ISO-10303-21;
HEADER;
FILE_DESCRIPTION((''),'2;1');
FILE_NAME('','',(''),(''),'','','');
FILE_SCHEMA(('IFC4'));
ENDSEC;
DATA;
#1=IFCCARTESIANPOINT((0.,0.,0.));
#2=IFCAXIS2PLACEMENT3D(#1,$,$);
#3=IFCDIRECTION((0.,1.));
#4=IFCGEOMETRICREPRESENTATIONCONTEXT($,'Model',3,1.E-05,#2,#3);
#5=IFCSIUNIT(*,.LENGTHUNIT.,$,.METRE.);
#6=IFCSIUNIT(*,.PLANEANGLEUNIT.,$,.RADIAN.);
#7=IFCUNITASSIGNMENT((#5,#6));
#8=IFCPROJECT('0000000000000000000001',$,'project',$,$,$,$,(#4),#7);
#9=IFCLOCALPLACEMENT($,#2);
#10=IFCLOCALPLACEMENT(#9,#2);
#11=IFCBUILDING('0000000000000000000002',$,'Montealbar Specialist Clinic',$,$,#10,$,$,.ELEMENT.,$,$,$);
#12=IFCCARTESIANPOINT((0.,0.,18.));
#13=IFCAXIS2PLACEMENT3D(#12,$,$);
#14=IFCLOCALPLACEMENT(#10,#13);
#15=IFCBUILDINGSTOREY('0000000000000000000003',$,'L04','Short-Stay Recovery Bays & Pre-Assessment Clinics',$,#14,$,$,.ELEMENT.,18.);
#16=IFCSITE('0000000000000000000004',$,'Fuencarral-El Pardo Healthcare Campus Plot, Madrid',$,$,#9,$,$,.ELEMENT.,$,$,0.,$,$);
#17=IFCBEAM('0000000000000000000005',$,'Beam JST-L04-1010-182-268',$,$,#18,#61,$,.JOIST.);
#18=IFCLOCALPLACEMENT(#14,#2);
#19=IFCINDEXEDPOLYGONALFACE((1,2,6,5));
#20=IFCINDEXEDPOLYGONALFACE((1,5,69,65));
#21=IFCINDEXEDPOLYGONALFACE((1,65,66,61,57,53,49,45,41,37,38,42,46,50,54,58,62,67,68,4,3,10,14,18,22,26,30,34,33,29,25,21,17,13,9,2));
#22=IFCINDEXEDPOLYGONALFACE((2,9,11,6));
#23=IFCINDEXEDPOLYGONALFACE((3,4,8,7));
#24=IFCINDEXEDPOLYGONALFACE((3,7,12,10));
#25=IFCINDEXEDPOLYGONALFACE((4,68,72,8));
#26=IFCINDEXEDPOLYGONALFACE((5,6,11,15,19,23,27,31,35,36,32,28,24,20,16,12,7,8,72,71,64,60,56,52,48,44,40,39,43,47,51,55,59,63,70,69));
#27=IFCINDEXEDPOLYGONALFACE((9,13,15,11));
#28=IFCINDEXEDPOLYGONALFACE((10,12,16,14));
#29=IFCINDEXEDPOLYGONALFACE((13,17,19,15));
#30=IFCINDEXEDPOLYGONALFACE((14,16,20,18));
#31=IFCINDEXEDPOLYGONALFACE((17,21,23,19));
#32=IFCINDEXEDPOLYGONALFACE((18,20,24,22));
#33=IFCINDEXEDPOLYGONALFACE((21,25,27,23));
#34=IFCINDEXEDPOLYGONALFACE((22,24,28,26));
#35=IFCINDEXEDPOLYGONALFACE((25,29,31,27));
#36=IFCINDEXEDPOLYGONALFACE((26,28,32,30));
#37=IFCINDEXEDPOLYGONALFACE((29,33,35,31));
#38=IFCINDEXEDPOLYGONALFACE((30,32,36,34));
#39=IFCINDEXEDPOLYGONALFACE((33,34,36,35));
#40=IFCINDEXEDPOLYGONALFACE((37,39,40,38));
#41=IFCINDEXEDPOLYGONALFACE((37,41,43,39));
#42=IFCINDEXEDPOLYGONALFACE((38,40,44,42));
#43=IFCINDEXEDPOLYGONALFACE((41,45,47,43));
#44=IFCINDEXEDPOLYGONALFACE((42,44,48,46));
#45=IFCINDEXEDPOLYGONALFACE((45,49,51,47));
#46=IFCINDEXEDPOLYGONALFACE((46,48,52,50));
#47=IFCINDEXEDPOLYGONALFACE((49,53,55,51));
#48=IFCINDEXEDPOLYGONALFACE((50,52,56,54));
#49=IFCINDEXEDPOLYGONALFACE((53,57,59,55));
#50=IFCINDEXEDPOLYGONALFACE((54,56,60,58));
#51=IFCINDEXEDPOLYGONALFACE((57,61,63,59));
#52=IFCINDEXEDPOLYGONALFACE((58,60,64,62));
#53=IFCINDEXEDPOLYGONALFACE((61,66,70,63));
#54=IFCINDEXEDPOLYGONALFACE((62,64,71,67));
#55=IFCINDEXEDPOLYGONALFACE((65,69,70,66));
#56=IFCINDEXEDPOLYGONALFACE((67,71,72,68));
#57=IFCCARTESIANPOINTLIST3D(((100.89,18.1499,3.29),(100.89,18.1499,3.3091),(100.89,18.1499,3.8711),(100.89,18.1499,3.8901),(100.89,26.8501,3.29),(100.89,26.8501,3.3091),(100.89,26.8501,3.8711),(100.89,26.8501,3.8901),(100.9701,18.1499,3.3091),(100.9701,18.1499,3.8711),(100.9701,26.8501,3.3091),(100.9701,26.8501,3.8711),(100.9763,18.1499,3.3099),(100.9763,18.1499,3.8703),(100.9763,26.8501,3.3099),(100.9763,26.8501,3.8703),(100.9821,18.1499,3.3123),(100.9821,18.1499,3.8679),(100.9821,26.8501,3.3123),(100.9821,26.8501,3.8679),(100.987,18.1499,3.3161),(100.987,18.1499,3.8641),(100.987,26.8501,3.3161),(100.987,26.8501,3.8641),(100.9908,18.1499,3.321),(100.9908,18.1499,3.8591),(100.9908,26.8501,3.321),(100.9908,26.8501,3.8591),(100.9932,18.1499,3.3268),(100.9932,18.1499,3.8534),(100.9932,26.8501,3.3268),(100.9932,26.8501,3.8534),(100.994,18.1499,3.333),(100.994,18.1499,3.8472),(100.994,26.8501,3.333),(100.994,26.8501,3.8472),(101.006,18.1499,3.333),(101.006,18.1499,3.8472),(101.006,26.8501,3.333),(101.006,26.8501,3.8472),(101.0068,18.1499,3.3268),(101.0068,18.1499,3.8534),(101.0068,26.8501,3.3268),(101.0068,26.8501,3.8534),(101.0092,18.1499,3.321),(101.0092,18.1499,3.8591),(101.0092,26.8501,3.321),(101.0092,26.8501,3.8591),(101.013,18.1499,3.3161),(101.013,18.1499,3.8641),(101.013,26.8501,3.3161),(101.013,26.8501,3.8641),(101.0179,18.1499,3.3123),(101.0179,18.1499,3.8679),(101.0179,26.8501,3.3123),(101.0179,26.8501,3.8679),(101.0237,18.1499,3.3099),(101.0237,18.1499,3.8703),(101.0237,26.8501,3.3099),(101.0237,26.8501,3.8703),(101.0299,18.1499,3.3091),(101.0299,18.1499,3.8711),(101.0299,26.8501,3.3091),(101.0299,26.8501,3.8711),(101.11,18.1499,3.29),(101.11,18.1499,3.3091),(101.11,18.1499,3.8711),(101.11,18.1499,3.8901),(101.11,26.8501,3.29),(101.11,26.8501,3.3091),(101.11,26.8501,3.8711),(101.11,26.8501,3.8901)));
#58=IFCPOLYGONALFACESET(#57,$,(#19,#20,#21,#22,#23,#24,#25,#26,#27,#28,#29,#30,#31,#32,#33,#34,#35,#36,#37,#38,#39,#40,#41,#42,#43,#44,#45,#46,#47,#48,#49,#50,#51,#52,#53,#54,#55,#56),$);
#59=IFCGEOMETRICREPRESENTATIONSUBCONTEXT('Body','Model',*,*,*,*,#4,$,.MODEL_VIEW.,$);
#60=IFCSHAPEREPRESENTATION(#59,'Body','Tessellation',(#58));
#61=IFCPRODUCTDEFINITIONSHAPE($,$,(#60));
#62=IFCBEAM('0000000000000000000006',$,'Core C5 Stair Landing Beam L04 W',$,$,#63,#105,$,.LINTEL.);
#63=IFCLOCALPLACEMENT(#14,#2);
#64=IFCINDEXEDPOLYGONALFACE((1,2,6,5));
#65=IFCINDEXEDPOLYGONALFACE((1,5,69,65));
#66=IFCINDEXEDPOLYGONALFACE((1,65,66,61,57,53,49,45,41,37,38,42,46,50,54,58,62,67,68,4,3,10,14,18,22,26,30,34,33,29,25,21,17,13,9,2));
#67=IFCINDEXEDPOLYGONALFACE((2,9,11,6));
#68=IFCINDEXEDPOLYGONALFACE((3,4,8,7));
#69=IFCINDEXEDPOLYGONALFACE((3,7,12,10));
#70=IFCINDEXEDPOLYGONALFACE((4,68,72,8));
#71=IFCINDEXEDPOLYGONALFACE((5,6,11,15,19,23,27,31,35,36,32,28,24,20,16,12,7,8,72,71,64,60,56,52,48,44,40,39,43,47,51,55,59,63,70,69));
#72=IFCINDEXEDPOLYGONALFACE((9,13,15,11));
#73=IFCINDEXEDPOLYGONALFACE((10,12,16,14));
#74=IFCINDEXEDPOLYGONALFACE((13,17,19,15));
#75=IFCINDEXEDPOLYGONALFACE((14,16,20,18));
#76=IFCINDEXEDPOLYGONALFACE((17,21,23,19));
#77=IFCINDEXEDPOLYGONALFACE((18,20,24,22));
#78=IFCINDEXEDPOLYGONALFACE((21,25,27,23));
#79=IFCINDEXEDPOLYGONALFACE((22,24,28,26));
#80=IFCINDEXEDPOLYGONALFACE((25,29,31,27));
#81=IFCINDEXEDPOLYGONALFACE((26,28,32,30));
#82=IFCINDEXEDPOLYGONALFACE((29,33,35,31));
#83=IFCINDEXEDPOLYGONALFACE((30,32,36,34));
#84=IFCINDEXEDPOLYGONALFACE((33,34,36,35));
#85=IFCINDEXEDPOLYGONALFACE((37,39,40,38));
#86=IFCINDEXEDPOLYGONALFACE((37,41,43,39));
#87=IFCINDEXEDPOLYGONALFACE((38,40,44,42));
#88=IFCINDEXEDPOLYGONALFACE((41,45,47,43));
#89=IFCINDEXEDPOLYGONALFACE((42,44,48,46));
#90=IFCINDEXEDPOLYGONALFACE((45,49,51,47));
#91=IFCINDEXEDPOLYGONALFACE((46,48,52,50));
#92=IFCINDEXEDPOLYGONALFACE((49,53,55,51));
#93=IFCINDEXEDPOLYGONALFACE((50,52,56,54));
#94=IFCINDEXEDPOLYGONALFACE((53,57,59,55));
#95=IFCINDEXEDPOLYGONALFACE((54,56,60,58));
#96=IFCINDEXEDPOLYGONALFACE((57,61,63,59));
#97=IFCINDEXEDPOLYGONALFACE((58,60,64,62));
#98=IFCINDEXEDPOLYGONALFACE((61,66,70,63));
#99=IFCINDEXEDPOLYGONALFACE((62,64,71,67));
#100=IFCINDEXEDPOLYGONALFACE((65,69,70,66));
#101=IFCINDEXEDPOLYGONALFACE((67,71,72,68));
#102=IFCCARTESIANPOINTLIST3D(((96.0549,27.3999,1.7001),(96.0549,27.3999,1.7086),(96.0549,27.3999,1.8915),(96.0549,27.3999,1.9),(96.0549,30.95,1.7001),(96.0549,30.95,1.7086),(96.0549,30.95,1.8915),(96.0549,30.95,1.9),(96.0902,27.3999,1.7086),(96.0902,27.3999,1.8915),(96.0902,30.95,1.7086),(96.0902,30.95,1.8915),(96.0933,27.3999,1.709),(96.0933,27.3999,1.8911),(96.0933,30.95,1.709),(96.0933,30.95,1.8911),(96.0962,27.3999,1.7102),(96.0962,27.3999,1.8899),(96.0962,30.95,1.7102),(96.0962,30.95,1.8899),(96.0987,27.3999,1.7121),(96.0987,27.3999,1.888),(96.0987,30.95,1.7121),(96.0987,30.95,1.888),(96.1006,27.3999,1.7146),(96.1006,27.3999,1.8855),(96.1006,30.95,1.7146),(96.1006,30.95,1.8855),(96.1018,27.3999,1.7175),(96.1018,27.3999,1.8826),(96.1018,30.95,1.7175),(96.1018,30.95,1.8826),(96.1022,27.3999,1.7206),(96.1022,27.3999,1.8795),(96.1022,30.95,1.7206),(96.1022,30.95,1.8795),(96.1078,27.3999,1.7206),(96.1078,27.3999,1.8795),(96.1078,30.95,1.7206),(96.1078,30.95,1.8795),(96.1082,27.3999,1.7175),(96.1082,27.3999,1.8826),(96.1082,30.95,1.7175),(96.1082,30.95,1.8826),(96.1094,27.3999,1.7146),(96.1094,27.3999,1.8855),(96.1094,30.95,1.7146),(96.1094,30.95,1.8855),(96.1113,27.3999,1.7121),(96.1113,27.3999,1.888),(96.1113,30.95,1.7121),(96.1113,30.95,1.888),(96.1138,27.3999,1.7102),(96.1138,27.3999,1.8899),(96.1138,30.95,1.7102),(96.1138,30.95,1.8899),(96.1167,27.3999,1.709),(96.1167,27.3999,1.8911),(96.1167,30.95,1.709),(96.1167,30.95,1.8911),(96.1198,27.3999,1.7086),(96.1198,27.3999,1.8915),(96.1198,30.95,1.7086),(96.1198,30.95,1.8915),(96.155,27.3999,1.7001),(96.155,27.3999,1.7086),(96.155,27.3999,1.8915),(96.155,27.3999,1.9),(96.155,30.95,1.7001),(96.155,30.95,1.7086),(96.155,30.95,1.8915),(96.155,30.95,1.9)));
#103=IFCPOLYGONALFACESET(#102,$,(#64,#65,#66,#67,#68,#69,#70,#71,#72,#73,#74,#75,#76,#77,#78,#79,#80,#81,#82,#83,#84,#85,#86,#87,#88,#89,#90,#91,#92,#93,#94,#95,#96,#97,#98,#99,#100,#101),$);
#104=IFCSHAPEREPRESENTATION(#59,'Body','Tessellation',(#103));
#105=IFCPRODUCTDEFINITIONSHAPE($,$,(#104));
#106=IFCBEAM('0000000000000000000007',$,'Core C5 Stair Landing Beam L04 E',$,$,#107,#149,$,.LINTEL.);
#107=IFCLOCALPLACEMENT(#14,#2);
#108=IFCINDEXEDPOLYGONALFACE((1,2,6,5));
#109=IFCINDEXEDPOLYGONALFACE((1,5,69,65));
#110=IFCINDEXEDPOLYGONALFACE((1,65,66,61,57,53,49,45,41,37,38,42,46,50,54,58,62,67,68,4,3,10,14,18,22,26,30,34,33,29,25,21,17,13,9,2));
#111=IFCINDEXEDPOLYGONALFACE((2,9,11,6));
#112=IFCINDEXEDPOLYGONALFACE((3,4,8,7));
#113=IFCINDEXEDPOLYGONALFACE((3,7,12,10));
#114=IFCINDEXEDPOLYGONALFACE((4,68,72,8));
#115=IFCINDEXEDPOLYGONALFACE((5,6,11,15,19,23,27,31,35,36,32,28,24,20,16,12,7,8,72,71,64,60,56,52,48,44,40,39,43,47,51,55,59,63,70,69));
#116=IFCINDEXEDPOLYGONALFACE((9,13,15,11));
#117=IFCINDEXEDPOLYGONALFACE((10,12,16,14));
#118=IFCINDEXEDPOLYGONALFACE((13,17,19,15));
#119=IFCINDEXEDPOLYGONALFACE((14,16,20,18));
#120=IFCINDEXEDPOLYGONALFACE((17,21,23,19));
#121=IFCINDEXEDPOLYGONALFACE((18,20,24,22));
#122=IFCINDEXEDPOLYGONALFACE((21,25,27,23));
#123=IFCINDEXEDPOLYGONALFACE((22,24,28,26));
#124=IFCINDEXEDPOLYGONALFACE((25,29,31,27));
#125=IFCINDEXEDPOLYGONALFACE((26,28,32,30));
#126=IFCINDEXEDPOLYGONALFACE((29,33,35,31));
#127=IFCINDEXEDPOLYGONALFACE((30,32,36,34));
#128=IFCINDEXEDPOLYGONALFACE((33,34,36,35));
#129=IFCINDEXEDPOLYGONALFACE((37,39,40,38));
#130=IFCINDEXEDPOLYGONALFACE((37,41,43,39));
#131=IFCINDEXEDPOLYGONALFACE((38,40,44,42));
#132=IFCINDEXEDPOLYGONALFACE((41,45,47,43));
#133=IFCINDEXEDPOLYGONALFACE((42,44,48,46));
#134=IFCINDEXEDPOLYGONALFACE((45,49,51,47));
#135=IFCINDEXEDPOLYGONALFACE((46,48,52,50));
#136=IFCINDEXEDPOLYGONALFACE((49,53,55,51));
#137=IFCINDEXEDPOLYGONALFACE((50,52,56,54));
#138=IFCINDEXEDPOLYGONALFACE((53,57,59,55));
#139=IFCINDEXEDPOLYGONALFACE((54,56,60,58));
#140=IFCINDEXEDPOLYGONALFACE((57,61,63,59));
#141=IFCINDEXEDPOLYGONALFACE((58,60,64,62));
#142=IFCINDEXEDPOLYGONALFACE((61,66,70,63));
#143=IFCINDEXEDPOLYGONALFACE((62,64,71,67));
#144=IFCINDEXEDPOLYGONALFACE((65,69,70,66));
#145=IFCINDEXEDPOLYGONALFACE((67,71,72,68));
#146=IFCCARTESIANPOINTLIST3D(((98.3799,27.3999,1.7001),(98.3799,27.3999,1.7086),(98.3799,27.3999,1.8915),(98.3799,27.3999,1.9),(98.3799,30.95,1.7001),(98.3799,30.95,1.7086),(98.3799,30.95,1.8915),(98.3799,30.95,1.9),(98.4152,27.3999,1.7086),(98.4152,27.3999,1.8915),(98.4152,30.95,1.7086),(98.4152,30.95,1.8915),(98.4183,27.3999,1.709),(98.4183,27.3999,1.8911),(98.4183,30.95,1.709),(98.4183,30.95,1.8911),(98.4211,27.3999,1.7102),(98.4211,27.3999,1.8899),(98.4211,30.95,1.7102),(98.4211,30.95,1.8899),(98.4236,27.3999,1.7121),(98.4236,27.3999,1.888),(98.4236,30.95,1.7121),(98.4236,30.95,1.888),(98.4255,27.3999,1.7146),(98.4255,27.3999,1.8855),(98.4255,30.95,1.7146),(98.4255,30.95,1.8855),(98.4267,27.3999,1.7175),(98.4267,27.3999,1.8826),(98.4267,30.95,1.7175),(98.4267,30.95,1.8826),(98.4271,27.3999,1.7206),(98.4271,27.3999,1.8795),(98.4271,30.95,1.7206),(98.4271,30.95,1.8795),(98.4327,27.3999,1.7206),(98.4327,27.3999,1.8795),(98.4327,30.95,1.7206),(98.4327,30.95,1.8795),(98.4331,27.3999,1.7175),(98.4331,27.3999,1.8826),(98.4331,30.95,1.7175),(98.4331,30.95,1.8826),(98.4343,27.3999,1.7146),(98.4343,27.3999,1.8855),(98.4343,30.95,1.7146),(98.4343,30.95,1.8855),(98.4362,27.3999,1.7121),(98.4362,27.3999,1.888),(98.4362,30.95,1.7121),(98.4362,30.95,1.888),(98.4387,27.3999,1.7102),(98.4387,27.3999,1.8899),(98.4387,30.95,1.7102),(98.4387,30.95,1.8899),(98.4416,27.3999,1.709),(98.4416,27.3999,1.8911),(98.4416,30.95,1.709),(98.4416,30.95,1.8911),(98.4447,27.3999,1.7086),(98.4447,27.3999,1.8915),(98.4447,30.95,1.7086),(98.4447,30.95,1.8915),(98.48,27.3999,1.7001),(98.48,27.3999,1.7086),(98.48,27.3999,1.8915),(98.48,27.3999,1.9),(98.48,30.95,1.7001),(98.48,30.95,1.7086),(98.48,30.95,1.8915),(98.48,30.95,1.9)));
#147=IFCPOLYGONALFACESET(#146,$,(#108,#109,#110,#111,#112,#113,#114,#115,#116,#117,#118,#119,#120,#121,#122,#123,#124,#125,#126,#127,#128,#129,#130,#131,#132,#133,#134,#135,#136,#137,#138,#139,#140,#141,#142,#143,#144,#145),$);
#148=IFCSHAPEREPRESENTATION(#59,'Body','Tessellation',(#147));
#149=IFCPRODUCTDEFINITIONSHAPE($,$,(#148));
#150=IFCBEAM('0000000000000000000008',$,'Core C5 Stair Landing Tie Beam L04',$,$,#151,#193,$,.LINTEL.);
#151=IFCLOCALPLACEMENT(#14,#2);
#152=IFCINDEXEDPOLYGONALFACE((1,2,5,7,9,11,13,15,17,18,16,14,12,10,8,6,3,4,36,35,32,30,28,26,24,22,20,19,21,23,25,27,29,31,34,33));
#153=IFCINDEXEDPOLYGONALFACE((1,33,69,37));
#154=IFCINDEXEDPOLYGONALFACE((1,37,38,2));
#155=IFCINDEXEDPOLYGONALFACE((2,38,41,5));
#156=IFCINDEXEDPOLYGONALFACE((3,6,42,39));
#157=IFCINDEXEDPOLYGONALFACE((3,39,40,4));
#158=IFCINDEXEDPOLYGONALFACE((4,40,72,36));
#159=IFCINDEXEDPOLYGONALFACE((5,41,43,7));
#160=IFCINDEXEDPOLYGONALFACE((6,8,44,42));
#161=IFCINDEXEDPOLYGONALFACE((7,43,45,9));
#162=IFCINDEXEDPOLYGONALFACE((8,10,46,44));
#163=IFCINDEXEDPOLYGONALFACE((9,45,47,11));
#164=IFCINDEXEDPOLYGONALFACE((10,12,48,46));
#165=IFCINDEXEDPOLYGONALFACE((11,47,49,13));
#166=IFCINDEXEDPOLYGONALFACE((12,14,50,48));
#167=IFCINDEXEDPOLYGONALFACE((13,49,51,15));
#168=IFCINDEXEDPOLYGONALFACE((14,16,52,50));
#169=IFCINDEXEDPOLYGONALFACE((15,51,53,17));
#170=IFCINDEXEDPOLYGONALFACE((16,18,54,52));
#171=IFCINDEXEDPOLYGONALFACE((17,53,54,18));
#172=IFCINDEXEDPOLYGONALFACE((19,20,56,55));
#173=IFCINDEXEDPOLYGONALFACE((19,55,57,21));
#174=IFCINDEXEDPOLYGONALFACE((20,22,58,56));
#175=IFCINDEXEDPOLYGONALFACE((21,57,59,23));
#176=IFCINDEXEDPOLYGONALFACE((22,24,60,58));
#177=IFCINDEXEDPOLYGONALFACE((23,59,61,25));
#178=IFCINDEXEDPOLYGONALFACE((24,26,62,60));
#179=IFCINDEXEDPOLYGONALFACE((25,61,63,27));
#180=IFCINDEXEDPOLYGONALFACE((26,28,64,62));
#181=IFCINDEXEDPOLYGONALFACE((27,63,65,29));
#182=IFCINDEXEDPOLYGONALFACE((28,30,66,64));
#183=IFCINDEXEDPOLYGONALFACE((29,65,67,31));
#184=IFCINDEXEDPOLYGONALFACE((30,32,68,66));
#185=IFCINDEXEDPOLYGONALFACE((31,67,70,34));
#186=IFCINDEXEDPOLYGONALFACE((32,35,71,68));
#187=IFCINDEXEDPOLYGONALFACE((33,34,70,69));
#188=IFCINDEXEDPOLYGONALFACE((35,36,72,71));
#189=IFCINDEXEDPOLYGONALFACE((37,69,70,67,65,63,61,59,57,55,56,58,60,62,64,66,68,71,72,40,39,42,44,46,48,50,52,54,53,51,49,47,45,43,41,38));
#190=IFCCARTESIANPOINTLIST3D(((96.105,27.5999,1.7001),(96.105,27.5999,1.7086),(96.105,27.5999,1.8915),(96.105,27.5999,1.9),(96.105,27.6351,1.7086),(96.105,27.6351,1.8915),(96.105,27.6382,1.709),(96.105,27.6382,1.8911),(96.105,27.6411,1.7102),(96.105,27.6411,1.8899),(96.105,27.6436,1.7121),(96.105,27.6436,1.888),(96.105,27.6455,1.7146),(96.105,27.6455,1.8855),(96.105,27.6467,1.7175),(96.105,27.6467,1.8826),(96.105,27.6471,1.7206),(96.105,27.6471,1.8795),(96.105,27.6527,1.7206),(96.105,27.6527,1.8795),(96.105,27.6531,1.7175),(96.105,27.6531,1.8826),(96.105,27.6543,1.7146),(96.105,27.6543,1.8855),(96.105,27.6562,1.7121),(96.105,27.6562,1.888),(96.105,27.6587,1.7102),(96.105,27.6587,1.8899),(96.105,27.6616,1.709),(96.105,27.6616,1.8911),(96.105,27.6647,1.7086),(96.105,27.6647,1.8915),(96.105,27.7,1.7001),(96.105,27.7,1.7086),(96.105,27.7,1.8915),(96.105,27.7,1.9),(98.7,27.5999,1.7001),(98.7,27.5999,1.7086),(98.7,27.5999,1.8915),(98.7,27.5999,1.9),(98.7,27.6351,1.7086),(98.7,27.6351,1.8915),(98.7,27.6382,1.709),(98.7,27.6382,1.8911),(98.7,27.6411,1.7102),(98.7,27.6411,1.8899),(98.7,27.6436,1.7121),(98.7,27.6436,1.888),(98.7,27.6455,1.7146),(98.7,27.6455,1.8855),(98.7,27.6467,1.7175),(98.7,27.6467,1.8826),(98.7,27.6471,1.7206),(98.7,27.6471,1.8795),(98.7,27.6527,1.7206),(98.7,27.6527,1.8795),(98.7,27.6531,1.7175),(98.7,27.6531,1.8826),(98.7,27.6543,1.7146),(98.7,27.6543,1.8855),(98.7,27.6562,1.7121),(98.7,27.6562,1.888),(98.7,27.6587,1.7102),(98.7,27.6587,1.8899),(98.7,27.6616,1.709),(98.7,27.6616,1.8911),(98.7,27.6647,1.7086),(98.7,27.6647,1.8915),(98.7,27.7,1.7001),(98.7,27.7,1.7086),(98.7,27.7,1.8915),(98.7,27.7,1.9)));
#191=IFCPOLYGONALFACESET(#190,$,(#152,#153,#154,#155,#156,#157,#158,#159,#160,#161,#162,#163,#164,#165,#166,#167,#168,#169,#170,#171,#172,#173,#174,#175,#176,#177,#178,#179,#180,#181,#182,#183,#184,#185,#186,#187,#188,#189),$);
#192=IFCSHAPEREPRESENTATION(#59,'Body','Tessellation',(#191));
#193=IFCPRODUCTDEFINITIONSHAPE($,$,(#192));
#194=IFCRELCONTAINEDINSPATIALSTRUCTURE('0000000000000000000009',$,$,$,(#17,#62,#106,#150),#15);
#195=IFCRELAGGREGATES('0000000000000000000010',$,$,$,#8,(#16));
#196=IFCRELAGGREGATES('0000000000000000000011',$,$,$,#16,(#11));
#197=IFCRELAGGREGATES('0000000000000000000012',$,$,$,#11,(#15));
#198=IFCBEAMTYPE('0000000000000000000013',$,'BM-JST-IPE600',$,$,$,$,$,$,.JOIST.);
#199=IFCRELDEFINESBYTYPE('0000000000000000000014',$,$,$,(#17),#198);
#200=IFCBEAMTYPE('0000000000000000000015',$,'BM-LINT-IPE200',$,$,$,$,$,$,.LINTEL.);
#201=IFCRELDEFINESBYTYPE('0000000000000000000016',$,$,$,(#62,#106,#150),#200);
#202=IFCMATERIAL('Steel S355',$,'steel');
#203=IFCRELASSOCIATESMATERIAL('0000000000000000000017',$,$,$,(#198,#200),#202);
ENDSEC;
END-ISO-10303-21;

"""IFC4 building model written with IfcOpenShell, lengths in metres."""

from ifc_helpers import new_model, si_unit, direction, frame, origin, origin_2d, place, context, subcontext, project, spatial, i_section, extrude, material, material_profile, profile_set, type_object, element, save


model = new_model("IFC4")

# Units and contexts
model_context = context("Model", 3, precision=1e-05, world=origin(), true_north=direction((0.0, 1.0)))
body_context = subcontext(model_context, "Body", "Model", "MODEL_VIEW")
ifc_project = project(units=[si_unit("LENGTHUNIT", "METRE"), si_unit("PLANEANGLEUNIT", "RADIAN")], contexts=[model_context])

# Site, building, storey
site_placement = place(None, origin())
site = spatial("IfcSite", under=ifc_project, at=site_placement, Name="Fuencarral-El Pardo Healthcare Campus Plot, Madrid", CompositionType="ELEMENT", RefElevation=0.0)
building_placement = place(site_placement, origin())
building = spatial("IfcBuilding", under=site, at=building_placement, Name="Montealbar Specialist Clinic", CompositionType="ELEMENT")
storey_placement = place(building_placement, frame((0.0, 0.0, 18.0)))
storey = spatial("IfcBuildingStorey", under=building, at=storey_placement, Name="L04", Description="Short-Stay Recovery Bays & Pre-Assessment Clinics", CompositionType="ELEMENT", Elevation=18.0)

# Shared definitions
ifc_material_1 = material(Name="Steel S355", Category="steel")

# Beams
ifc_material_profile_1 = material_profile(ifc_material_1, i_section(OverallWidth=0.22, OverallDepth=0.6001, WebThickness=0.012, FlangeThickness=0.019, FilletRadius=0.0239, at=origin_2d()), Name="IPE 600", Category="steel")
ifc_profile_set_1 = profile_set([ifc_material_profile_1], Name="Steel S355")
beam_type_1 = type_object("IfcBeamType", Name="BM-JST-IPE600", PredefinedType="JOIST", material=ifc_profile_set_1)
beam_1_placement = place(storey_placement, frame((101.0, 18.1499, 3.5901), z_axis=(0.0, 1.0, 0.0), x_axis=(-1.0, 0.0, 0.0)))
element("IfcBeam", 1, at=beam_1_placement, inside=storey, type_object=beam_type_1, Name="Beam JST-L04-1010-182-268", PredefinedType="JOIST", context=body_context, shape_type="SweptSolid", body=[
    extrude(i_section(OverallWidth=0.22, OverallDepth=0.6001, WebThickness=0.012, FlangeThickness=0.019, FilletRadius=0.0239, at=origin_2d()), origin(), (0.0, 0.0, 1.0), 8.7002),
])
ifc_material_profile_2 = material_profile(ifc_material_1, i_section(OverallWidth=0.1001, OverallDepth=0.2, WebThickness=0.0056, FlangeThickness=0.0085, FilletRadius=0.012, at=origin_2d()), Name="IPE 200", Category="steel")
ifc_profile_set_2 = profile_set([ifc_material_profile_2], Name="Steel S355")
beam_type_2 = type_object("IfcBeamType", Name="BM-LINT-IPE200", PredefinedType="LINTEL", material=ifc_profile_set_2)
for number, where, z_axis, x_axis, name in (
    (2, (96.105, 27.3999, 1.8), (0.0, 1.0, 0.0), (-1.0, 0.0, 0.0), "Core C5 Stair Landing Beam L04 W"),
    (3, (98.4299, 27.3999, 1.8), (0.0, 1.0, 0.0), (-1.0, 0.0, 0.0), "Core C5 Stair Landing Beam L04 E"),
):
    element("IfcBeam", number, at=place(storey_placement, frame(where, z_axis=z_axis, x_axis=x_axis)), inside=storey, type_object=beam_type_2, Name=name, PredefinedType="LINTEL", context=body_context, shape_type="SweptSolid", body=[
        extrude(i_section(OverallWidth=0.1001, OverallDepth=0.2, WebThickness=0.0056, FlangeThickness=0.0085, FilletRadius=0.012, at=origin_2d()), origin(), (0.0, 0.0, 1.0), 3.55),
    ])
beam_2_placement = place(storey_placement, frame((96.105, 27.6499, 1.8), z_axis=(1.0, 0.0, 0.0), x_axis=(0.0, 1.0, 0.0)))
element("IfcBeam", 4, at=beam_2_placement, inside=storey, type_object=beam_type_2, Name="Core C5 Stair Landing Tie Beam L04", PredefinedType="LINTEL", context=body_context, shape_type="SweptSolid", body=[
    extrude(i_section(OverallWidth=0.1001, OverallDepth=0.2, WebThickness=0.0056, FlangeThickness=0.0085, FilletRadius=0.012, at=origin_2d()), origin(), (0.0, 0.0, 1.0), 2.595),
])

save(model, "model.ifc")
